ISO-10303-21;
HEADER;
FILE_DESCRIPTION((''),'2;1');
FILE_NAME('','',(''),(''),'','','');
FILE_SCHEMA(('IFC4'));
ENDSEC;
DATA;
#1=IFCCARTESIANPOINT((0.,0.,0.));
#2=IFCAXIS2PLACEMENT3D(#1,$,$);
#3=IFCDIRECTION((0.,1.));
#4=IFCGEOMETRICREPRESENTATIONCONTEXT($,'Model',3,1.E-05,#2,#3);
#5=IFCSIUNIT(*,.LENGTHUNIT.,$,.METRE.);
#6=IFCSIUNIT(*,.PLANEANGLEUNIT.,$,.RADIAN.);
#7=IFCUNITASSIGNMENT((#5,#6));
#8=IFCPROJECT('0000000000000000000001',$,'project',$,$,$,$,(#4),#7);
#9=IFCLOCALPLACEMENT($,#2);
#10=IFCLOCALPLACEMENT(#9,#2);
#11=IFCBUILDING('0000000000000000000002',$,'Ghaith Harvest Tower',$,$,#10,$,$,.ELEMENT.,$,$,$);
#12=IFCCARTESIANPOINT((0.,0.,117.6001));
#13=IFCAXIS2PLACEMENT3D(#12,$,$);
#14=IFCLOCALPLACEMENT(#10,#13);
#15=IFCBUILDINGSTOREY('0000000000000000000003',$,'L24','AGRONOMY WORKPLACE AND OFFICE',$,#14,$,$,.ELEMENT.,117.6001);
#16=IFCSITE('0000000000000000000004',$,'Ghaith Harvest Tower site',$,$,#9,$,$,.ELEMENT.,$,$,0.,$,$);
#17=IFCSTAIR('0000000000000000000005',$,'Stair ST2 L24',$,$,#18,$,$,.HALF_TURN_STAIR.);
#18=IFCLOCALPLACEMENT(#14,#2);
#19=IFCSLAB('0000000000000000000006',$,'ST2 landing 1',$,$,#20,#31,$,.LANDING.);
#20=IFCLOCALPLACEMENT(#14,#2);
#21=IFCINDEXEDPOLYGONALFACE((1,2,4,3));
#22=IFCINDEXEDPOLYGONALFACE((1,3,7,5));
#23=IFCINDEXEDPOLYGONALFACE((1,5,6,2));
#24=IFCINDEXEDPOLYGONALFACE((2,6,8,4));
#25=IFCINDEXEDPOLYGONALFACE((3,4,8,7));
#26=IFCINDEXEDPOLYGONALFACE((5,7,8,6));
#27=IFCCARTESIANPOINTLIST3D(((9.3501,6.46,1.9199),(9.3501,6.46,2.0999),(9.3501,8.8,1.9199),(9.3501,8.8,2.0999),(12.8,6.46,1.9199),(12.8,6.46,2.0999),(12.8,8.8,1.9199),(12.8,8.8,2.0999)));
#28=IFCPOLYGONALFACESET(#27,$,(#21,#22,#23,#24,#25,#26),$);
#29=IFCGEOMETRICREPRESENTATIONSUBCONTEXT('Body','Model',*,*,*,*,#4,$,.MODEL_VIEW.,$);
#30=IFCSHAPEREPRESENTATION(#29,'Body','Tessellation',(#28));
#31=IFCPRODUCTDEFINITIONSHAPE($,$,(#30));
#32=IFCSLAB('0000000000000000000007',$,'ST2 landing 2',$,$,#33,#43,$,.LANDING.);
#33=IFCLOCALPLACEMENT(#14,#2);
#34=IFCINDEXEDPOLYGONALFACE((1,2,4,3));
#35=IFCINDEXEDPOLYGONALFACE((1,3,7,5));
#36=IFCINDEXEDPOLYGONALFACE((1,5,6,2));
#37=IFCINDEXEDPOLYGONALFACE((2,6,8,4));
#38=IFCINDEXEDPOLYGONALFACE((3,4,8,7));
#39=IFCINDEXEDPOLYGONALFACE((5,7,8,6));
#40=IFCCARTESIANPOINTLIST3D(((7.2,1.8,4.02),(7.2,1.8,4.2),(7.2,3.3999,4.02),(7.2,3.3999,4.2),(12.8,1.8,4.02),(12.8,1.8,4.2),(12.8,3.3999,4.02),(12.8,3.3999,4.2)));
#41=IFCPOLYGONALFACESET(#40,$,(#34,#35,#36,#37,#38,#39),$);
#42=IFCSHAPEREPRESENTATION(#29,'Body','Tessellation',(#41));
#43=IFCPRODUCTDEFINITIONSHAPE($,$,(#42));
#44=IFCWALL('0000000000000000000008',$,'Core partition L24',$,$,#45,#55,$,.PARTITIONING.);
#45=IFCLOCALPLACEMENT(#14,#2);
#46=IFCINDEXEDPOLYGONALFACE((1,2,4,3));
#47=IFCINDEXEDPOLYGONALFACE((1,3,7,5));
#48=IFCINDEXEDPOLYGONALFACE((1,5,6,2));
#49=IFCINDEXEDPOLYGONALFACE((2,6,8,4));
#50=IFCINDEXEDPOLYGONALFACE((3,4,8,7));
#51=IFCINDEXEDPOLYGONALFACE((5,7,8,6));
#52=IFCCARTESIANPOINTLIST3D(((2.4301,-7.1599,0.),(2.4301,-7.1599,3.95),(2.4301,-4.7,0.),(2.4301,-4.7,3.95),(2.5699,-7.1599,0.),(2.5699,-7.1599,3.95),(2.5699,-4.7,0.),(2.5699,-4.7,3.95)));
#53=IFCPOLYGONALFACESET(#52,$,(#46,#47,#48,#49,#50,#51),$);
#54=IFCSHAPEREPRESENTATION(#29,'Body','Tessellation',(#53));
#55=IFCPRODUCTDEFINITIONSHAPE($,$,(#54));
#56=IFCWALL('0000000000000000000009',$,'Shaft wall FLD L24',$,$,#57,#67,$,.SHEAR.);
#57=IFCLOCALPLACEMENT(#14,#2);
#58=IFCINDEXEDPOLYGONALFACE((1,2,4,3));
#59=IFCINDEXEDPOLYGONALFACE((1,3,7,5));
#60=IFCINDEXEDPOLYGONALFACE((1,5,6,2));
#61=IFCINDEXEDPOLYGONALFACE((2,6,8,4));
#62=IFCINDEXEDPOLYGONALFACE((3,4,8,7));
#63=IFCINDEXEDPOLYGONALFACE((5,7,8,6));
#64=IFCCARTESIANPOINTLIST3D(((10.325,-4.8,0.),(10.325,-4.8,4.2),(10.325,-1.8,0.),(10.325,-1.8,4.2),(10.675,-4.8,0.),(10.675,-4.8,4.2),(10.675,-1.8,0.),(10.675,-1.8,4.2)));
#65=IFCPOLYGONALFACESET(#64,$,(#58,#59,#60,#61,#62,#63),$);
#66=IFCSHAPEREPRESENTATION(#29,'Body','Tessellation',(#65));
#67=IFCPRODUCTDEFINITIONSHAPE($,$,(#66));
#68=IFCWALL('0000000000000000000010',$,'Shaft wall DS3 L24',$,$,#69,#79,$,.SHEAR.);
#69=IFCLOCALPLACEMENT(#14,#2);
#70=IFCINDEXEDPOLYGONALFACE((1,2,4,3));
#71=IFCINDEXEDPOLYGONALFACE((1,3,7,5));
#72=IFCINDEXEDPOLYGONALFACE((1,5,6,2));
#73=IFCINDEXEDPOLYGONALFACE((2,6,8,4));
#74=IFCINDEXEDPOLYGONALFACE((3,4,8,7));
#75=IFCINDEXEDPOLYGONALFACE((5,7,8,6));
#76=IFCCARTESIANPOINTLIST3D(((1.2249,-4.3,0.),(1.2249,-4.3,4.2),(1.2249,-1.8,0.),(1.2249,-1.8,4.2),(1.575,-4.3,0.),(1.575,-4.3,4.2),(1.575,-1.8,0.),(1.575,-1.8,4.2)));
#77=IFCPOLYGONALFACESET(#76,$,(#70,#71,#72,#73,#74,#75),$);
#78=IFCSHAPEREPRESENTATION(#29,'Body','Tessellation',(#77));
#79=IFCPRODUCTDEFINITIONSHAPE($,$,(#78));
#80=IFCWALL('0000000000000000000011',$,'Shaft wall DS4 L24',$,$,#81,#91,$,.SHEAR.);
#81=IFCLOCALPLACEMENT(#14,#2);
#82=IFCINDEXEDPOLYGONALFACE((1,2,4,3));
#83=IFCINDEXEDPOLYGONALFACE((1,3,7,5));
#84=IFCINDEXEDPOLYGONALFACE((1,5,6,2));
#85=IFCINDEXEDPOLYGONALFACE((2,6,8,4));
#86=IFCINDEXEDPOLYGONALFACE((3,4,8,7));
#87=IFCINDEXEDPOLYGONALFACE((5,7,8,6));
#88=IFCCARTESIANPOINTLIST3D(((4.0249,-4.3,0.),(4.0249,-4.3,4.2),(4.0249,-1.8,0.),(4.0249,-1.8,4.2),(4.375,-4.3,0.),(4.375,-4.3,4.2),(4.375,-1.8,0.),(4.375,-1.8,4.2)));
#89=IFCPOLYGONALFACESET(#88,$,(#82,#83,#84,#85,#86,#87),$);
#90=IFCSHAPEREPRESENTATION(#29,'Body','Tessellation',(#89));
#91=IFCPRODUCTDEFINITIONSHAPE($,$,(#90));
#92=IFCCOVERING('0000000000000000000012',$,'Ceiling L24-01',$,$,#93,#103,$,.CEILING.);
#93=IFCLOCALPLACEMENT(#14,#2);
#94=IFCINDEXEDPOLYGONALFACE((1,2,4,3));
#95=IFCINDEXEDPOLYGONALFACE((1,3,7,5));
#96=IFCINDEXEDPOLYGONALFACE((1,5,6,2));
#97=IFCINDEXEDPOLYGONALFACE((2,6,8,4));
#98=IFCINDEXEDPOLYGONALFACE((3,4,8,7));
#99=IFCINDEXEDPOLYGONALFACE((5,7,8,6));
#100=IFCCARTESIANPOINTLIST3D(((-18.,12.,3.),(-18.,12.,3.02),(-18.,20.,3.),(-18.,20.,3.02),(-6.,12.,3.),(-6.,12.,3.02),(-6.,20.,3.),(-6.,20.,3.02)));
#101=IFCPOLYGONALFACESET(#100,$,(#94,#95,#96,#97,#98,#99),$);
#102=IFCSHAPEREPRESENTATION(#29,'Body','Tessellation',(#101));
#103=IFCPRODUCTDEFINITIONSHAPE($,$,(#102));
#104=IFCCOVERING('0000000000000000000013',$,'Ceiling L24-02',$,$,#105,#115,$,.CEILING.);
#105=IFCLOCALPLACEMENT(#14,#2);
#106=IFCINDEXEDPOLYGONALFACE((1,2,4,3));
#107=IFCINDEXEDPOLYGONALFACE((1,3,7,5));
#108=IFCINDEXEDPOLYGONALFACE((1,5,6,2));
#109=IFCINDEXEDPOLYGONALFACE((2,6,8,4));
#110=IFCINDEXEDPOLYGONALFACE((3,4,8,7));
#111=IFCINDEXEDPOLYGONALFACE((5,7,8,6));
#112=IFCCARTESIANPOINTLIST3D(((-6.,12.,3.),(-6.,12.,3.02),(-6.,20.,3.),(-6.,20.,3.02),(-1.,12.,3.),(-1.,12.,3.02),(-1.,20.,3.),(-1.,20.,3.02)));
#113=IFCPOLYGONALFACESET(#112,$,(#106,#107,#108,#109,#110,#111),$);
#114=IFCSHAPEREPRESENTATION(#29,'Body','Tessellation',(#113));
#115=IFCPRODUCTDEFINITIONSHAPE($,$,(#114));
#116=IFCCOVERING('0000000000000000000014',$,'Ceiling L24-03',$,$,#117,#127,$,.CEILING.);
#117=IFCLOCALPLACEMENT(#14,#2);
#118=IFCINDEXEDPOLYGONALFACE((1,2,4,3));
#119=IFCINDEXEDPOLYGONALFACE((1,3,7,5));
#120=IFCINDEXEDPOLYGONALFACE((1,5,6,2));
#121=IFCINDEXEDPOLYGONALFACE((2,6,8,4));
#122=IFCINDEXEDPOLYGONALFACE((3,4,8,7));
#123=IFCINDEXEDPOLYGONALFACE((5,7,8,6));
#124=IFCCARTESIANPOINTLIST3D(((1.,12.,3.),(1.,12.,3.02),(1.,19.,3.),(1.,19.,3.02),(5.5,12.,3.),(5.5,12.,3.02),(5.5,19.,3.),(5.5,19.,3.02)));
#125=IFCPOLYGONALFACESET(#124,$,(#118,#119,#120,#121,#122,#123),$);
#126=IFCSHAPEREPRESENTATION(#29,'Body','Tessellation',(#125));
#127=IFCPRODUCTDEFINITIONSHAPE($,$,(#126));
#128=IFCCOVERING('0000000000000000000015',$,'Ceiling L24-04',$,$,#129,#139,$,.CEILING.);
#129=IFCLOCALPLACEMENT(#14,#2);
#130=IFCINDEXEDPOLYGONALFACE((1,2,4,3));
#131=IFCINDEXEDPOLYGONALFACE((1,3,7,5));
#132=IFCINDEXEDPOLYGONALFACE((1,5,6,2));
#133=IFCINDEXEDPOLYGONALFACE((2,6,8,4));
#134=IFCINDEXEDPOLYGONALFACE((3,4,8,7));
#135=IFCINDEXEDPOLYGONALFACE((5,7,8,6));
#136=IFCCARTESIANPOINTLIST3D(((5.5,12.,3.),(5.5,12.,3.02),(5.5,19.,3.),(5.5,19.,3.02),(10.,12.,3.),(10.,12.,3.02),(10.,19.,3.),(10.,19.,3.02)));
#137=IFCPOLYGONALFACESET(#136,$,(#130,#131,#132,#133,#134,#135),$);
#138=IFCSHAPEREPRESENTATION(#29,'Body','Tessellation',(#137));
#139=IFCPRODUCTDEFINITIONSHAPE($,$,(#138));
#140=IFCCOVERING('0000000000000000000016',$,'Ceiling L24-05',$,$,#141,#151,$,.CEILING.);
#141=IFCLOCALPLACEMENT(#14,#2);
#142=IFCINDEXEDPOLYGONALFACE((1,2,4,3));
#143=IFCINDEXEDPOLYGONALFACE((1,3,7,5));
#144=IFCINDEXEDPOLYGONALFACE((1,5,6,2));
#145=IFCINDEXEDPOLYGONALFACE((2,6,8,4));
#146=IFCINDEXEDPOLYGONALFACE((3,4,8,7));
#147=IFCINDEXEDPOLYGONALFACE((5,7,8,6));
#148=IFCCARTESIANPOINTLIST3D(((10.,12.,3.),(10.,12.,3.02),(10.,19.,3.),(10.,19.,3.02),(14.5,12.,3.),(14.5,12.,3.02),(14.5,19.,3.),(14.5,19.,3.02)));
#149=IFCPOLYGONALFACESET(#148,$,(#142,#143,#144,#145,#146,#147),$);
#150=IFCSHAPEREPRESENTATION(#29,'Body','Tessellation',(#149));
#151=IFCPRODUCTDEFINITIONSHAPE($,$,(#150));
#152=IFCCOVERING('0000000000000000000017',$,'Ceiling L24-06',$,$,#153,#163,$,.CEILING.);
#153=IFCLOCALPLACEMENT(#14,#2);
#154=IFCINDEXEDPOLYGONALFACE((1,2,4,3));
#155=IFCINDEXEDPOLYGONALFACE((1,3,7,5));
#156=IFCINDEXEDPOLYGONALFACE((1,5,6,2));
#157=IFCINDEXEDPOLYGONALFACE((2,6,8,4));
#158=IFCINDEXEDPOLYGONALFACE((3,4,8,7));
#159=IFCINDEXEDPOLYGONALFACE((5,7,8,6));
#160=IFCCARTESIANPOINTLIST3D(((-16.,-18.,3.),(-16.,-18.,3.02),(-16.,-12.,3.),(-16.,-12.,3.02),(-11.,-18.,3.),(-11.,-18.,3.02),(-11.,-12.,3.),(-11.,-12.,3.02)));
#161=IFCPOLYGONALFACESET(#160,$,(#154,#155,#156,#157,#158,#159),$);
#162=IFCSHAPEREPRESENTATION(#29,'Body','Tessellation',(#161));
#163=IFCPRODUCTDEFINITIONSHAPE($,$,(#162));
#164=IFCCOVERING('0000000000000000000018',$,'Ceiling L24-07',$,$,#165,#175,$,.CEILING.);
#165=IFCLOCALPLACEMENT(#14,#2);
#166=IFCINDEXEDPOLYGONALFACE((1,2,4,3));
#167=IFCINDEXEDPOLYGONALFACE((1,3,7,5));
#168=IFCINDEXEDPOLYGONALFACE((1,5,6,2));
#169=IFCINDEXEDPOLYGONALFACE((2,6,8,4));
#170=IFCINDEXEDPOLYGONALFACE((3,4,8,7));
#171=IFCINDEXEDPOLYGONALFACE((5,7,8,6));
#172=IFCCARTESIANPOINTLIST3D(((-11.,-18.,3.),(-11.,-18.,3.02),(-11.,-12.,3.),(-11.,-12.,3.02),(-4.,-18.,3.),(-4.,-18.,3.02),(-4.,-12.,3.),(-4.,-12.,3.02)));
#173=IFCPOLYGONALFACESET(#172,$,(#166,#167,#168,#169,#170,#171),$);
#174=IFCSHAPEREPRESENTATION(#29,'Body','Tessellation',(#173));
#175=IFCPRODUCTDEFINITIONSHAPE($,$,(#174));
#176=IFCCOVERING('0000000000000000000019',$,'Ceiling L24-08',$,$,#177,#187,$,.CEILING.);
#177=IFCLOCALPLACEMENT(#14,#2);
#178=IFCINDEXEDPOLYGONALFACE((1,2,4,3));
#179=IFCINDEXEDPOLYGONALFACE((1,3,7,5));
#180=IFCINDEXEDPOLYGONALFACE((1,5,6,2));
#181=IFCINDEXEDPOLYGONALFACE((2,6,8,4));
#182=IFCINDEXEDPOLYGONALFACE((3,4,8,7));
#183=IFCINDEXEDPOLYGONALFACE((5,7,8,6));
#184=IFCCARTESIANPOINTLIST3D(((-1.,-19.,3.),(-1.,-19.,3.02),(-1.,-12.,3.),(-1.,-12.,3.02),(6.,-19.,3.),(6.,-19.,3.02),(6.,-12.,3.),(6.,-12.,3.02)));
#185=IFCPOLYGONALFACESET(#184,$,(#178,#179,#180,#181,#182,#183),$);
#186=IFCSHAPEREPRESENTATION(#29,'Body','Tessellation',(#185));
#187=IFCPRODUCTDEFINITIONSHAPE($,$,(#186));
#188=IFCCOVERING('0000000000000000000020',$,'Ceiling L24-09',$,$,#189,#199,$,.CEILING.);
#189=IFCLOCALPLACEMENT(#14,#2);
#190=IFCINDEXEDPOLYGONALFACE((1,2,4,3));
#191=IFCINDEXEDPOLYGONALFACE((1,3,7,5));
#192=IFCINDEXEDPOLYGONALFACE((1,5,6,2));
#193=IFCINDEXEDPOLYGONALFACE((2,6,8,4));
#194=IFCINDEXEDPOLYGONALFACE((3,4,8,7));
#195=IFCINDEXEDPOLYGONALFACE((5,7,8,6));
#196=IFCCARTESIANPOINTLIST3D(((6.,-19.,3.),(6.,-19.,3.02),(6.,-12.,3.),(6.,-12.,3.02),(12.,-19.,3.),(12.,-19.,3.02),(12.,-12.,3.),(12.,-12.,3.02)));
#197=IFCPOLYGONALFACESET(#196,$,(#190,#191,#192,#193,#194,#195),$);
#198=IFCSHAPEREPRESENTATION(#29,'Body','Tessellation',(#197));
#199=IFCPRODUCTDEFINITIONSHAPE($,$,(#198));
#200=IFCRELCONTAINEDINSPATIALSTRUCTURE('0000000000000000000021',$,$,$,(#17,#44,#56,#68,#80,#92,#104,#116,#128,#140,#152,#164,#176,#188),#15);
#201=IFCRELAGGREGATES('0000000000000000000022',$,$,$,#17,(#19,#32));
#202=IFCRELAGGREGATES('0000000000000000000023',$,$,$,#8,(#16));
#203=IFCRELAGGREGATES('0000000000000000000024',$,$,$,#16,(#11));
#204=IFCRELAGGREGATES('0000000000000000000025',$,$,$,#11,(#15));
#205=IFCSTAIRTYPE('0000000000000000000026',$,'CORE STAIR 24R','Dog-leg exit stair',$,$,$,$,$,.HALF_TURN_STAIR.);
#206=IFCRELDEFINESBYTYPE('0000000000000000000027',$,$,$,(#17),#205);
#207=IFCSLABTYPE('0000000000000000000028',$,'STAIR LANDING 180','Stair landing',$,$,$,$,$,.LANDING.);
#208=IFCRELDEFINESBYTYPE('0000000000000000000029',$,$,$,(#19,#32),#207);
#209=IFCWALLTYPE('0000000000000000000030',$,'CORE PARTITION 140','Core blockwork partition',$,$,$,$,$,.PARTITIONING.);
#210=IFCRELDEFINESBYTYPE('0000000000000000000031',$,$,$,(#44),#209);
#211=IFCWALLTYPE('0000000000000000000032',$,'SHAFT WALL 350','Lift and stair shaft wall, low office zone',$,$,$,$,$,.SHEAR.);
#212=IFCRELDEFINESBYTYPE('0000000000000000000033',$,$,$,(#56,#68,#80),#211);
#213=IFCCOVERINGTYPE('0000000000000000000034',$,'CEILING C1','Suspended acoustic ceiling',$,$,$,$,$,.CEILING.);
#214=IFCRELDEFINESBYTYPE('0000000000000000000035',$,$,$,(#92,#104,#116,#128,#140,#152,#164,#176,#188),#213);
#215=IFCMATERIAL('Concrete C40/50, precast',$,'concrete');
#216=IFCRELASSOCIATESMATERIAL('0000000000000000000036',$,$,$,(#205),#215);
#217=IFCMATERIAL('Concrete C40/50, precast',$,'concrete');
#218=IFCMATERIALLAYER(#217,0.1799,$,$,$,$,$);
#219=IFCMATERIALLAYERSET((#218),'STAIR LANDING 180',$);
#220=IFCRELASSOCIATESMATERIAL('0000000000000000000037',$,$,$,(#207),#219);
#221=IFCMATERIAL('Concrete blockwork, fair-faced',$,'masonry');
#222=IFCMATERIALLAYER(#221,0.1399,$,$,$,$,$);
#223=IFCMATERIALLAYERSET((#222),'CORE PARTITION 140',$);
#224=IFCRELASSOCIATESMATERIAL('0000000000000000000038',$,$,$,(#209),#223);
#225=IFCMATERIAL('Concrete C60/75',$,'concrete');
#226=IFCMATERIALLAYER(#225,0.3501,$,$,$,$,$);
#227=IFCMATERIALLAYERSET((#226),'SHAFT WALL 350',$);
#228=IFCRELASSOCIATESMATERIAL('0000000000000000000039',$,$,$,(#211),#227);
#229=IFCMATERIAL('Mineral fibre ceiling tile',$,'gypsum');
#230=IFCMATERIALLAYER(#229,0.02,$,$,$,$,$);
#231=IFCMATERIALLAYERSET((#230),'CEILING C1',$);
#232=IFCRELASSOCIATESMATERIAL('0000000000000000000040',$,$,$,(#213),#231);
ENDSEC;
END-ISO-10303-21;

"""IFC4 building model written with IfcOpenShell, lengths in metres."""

from ifc_helpers import new_model, si_unit, direction, frame, frame_2d, origin, place, context, subcontext, project, spatial, polyline, rectangle, outline, extrude, material, layer, layer_set, type_object, element, aggregate, save


model = new_model("IFC4")

# Units and contexts
model_context = context("Model", 3, precision=1e-05, world=origin(), true_north=direction((0.0, 1.0)))
body_context = subcontext(model_context, "Body", "Model", "MODEL_VIEW")
ifc_project = project(units=[si_unit("LENGTHUNIT", "METRE"), si_unit("PLANEANGLEUNIT", "RADIAN")], contexts=[model_context])

# Site, building, storey
site_placement = place(None, origin())
site = spatial("IfcSite", under=ifc_project, at=site_placement, Name="Ghaith Harvest Tower site", CompositionType="ELEMENT", RefElevation=0.0)
building_placement = place(site_placement, origin())
building = spatial("IfcBuilding", under=site, at=building_placement, Name="Ghaith Harvest Tower", CompositionType="ELEMENT")
storey_placement = place(building_placement, frame((0.0, 0.0, 117.6001)))
storey = spatial("IfcBuildingStorey", under=building, at=storey_placement, Name="L24", Description="AGRONOMY WORKPLACE AND OFFICE", CompositionType="ELEMENT", Elevation=117.6001)

# Stair, slabs
ifc_material_1 = material(Name="Concrete C40/50, precast", Category="concrete")
stair_type = type_object("IfcStairType", Name="CORE STAIR 24R", Description="Dog-leg exit stair", PredefinedType="HALF_TURN_STAIR", material=ifc_material_1)
ifc_material_2 = material(Name="Concrete C40/50, precast", Category="concrete")
ifc_layer_1 = layer(ifc_material_2, 0.1799)
ifc_layer_set_1 = layer_set([ifc_layer_1], Name="STAIR LANDING 180")
slab_type_1 = type_object("IfcSlabType", Name="STAIR LANDING 180", Description="Stair landing", PredefinedType="LANDING", material=ifc_layer_set_1)
stair_1_placement = place(storey_placement, origin())
stair_1 = element("IfcStair", 1, at=stair_1_placement, inside=storey, type_object=stair_type, Name="Stair ST2 L24", PredefinedType="HALF_TURN_STAIR")
slab_1_placement = place(storey_placement, frame((0.0, 0.0, 1.9199)))
slab_1 = element("IfcSlab", 2, at=slab_1_placement, type_object=slab_type_1, Name="ST2 landing 1", PredefinedType="LANDING", context=body_context, shape_type="SweptSolid", body=[
    extrude(outline(polyline([(12.8, 6.46), (12.8, 8.8), (9.3501, 8.8), (9.3501, 6.46), (12.8, 6.46)])), origin(), (0.0, 0.0, 1.0), 0.1799),
])
slab_2_placement = place(storey_placement, frame((0.0, 0.0, 4.02)))
slab_2 = element("IfcSlab", 3, at=slab_2_placement, type_object=slab_type_1, Name="ST2 landing 2", PredefinedType="LANDING", context=body_context, shape_type="SweptSolid", body=[
    extrude(outline(polyline([(12.8, 1.8), (12.8, 3.3999), (7.2, 3.3999), (7.2, 1.8), (12.8, 1.8)])), origin(), (0.0, 0.0, 1.0), 0.1799),
])
aggregate(stair_1, [slab_1, slab_2])

# Wall
ifc_material_3 = material(Name="Concrete blockwork, fair-faced", Category="masonry")
ifc_layer_2 = layer(ifc_material_3, 0.1399)
ifc_layer_set_2 = layer_set([ifc_layer_2], Name="CORE PARTITION 140")
wall_type_1 = type_object("IfcWallType", Name="CORE PARTITION 140", Description="Core blockwork partition", PredefinedType="PARTITIONING", material=ifc_layer_set_2)
wall_1_placement = place(storey_placement, frame((2.5, -4.7, 0.0), z_axis=(0.0, 0.0, 1.0), x_axis=(0.0, -1.0, 0.0)))
element("IfcWall", 4, at=wall_1_placement, inside=storey, type_object=wall_type_1, Name="Core partition L24", PredefinedType="PARTITIONING", context=body_context, shape_type="SweptSolid", body=[
    extrude(rectangle(XDim=2.46, YDim=0.1399, at=frame_2d((1.23, 0.0))), origin(), (0.0, 0.0, 1.0), 3.95),
])

# Shared definitions
ifc_material_4 = material(Name="Concrete C60/75", Category="concrete")
ifc_layer_3 = layer(ifc_material_4, 0.3501)
ifc_layer_set_3 = layer_set([ifc_layer_3], Name="SHAFT WALL 350")
wall_type_2 = type_object("IfcWallType", Name="SHAFT WALL 350", Description="Lift and stair shaft wall, low office zone", PredefinedType="SHEAR", material=ifc_layer_set_3)

# Walls
wall_2_placement = place(storey_placement, frame((10.5, -4.8, 0.0), z_axis=(0.0, 0.0, 1.0), x_axis=(0.0, 1.0, 0.0)))
element("IfcWall", 5, at=wall_2_placement, inside=storey, type_object=wall_type_2, Name="Shaft wall FLD L24", PredefinedType="SHEAR", context=body_context, shape_type="SweptSolid", body=[
    extrude(rectangle(XDim=3.0, YDim=0.3501, at=frame_2d((1.5, 0.0))), origin(), (0.0, 0.0, 1.0), 4.2),
])
for number, where, z_axis, x_axis, name in (
    (6, (1.3999, -4.3, 0.0), (0.0, 0.0, 1.0), (0.0, 1.0, 0.0), "Shaft wall DS3 L24"),
    (7, (4.2, -4.3, 0.0), (0.0, 0.0, 1.0), (0.0, 1.0, 0.0), "Shaft wall DS4 L24"),
):
    element("IfcWall", number, at=place(storey_placement, frame(where, z_axis=z_axis, x_axis=x_axis)), inside=storey, type_object=wall_type_2, Name=name, PredefinedType="SHEAR", context=body_context, shape_type="SweptSolid", body=[
        extrude(rectangle(XDim=2.5, YDim=0.3501, at=frame_2d((1.25, 0.0))), origin(), (0.0, 0.0, 1.0), 4.2),
    ])

# Coverings
ifc_material_5 = material(Name="Mineral fibre ceiling tile", Category="gypsum")
ifc_layer_4 = layer(ifc_material_5, 0.02)
ifc_layer_set_4 = layer_set([ifc_layer_4], Name="CEILING C1")
covering_type = type_object("IfcCoveringType", Name="CEILING C1", Description="Suspended acoustic ceiling", PredefinedType="CEILING", material=ifc_layer_set_4)
covering_1_placement = place(storey_placement, frame((0.0, 0.0, 3.0)))
element("IfcCovering", 8, at=covering_1_placement, inside=storey, type_object=covering_type, Name="Ceiling L24-01", PredefinedType="CEILING", context=body_context, shape_type="SweptSolid", body=[
    extrude(outline(polyline([(-18.0, 12.0), (-6.0, 12.0), (-6.0, 20.0), (-18.0, 20.0), (-18.0, 12.0)])), origin(), (0.0, 0.0, 1.0), 0.02),
])
covering_2_placement = place(storey_placement, frame((0.0, 0.0, 3.0)))
element("IfcCovering", 9, at=covering_2_placement, inside=storey, type_object=covering_type, Name="Ceiling L24-02", PredefinedType="CEILING", context=body_context, shape_type="SweptSolid", body=[
    extrude(outline(polyline([(-6.0, 12.0), (-1.0, 12.0), (-1.0, 20.0), (-6.0, 20.0), (-6.0, 12.0)])), origin(), (0.0, 0.0, 1.0), 0.02),
])
covering_3_placement = place(storey_placement, frame((0.0, 0.0, 3.0)))
element("IfcCovering", 10, at=covering_3_placement, inside=storey, type_object=covering_type, Name="Ceiling L24-03", PredefinedType="CEILING", context=body_context, shape_type="SweptSolid", body=[
    extrude(outline(polyline([(1.0, 12.0), (5.5, 12.0), (5.5, 19.0), (1.0, 19.0), (1.0, 12.0)])), origin(), (0.0, 0.0, 1.0), 0.02),
])
covering_4_placement = place(storey_placement, frame((0.0, 0.0, 3.0)))
element("IfcCovering", 11, at=covering_4_placement, inside=storey, type_object=covering_type, Name="Ceiling L24-04", PredefinedType="CEILING", context=body_context, shape_type="SweptSolid", body=[
    extrude(outline(polyline([(5.5, 12.0), (10.0, 12.0), (10.0, 19.0), (5.5, 19.0), (5.5, 12.0)])), origin(), (0.0, 0.0, 1.0), 0.02),
])
covering_5_placement = place(storey_placement, frame((0.0, 0.0, 3.0)))
element("IfcCovering", 12, at=covering_5_placement, inside=storey, type_object=covering_type, Name="Ceiling L24-05", PredefinedType="CEILING", context=body_context, shape_type="SweptSolid", body=[
    extrude(outline(polyline([(10.0, 12.0), (14.5, 12.0), (14.5, 19.0), (10.0, 19.0), (10.0, 12.0)])), origin(), (0.0, 0.0, 1.0), 0.02),
])
covering_6_placement = place(storey_placement, frame((0.0, 0.0, 3.0)))
element("IfcCovering", 13, at=covering_6_placement, inside=storey, type_object=covering_type, Name="Ceiling L24-06", PredefinedType="CEILING", context=body_context, shape_type="SweptSolid", body=[
    extrude(outline(polyline([(-16.0, -18.0), (-11.0, -18.0), (-11.0, -12.0), (-16.0, -12.0), (-16.0, -18.0)])), origin(), (0.0, 0.0, 1.0), 0.02),
])
covering_7_placement = place(storey_placement, frame((0.0, 0.0, 3.0)))
element("IfcCovering", 14, at=covering_7_placement, inside=storey, type_object=covering_type, Name="Ceiling L24-07", PredefinedType="CEILING", context=body_context, shape_type="SweptSolid", body=[
    extrude(outline(polyline([(-11.0, -18.0), (-4.0, -18.0), (-4.0, -12.0), (-11.0, -12.0), (-11.0, -18.0)])), origin(), (0.0, 0.0, 1.0), 0.02),
])
covering_8_placement = place(storey_placement, frame((0.0, 0.0, 3.0)))
element("IfcCovering", 15, at=covering_8_placement, inside=storey, type_object=covering_type, Name="Ceiling L24-08", PredefinedType="CEILING", context=body_context, shape_type="SweptSolid", body=[
    extrude(outline(polyline([(-1.0, -19.0), (6.0, -19.0), (6.0, -12.0), (-1.0, -12.0), (-1.0, -19.0)])), origin(), (0.0, 0.0, 1.0), 0.02),
])
covering_9_placement = place(storey_placement, frame((0.0, 0.0, 3.0)))
element("IfcCovering", 16, at=covering_9_placement, inside=storey, type_object=covering_type, Name="Ceiling L24-09", PredefinedType="CEILING", context=body_context, shape_type="SweptSolid", body=[
    extrude(outline(polyline([(6.0, -19.0), (12.0, -19.0), (12.0, -12.0), (6.0, -12.0), (6.0, -19.0)])), origin(), (0.0, 0.0, 1.0), 0.02),
])

save(model, "model.ifc")
